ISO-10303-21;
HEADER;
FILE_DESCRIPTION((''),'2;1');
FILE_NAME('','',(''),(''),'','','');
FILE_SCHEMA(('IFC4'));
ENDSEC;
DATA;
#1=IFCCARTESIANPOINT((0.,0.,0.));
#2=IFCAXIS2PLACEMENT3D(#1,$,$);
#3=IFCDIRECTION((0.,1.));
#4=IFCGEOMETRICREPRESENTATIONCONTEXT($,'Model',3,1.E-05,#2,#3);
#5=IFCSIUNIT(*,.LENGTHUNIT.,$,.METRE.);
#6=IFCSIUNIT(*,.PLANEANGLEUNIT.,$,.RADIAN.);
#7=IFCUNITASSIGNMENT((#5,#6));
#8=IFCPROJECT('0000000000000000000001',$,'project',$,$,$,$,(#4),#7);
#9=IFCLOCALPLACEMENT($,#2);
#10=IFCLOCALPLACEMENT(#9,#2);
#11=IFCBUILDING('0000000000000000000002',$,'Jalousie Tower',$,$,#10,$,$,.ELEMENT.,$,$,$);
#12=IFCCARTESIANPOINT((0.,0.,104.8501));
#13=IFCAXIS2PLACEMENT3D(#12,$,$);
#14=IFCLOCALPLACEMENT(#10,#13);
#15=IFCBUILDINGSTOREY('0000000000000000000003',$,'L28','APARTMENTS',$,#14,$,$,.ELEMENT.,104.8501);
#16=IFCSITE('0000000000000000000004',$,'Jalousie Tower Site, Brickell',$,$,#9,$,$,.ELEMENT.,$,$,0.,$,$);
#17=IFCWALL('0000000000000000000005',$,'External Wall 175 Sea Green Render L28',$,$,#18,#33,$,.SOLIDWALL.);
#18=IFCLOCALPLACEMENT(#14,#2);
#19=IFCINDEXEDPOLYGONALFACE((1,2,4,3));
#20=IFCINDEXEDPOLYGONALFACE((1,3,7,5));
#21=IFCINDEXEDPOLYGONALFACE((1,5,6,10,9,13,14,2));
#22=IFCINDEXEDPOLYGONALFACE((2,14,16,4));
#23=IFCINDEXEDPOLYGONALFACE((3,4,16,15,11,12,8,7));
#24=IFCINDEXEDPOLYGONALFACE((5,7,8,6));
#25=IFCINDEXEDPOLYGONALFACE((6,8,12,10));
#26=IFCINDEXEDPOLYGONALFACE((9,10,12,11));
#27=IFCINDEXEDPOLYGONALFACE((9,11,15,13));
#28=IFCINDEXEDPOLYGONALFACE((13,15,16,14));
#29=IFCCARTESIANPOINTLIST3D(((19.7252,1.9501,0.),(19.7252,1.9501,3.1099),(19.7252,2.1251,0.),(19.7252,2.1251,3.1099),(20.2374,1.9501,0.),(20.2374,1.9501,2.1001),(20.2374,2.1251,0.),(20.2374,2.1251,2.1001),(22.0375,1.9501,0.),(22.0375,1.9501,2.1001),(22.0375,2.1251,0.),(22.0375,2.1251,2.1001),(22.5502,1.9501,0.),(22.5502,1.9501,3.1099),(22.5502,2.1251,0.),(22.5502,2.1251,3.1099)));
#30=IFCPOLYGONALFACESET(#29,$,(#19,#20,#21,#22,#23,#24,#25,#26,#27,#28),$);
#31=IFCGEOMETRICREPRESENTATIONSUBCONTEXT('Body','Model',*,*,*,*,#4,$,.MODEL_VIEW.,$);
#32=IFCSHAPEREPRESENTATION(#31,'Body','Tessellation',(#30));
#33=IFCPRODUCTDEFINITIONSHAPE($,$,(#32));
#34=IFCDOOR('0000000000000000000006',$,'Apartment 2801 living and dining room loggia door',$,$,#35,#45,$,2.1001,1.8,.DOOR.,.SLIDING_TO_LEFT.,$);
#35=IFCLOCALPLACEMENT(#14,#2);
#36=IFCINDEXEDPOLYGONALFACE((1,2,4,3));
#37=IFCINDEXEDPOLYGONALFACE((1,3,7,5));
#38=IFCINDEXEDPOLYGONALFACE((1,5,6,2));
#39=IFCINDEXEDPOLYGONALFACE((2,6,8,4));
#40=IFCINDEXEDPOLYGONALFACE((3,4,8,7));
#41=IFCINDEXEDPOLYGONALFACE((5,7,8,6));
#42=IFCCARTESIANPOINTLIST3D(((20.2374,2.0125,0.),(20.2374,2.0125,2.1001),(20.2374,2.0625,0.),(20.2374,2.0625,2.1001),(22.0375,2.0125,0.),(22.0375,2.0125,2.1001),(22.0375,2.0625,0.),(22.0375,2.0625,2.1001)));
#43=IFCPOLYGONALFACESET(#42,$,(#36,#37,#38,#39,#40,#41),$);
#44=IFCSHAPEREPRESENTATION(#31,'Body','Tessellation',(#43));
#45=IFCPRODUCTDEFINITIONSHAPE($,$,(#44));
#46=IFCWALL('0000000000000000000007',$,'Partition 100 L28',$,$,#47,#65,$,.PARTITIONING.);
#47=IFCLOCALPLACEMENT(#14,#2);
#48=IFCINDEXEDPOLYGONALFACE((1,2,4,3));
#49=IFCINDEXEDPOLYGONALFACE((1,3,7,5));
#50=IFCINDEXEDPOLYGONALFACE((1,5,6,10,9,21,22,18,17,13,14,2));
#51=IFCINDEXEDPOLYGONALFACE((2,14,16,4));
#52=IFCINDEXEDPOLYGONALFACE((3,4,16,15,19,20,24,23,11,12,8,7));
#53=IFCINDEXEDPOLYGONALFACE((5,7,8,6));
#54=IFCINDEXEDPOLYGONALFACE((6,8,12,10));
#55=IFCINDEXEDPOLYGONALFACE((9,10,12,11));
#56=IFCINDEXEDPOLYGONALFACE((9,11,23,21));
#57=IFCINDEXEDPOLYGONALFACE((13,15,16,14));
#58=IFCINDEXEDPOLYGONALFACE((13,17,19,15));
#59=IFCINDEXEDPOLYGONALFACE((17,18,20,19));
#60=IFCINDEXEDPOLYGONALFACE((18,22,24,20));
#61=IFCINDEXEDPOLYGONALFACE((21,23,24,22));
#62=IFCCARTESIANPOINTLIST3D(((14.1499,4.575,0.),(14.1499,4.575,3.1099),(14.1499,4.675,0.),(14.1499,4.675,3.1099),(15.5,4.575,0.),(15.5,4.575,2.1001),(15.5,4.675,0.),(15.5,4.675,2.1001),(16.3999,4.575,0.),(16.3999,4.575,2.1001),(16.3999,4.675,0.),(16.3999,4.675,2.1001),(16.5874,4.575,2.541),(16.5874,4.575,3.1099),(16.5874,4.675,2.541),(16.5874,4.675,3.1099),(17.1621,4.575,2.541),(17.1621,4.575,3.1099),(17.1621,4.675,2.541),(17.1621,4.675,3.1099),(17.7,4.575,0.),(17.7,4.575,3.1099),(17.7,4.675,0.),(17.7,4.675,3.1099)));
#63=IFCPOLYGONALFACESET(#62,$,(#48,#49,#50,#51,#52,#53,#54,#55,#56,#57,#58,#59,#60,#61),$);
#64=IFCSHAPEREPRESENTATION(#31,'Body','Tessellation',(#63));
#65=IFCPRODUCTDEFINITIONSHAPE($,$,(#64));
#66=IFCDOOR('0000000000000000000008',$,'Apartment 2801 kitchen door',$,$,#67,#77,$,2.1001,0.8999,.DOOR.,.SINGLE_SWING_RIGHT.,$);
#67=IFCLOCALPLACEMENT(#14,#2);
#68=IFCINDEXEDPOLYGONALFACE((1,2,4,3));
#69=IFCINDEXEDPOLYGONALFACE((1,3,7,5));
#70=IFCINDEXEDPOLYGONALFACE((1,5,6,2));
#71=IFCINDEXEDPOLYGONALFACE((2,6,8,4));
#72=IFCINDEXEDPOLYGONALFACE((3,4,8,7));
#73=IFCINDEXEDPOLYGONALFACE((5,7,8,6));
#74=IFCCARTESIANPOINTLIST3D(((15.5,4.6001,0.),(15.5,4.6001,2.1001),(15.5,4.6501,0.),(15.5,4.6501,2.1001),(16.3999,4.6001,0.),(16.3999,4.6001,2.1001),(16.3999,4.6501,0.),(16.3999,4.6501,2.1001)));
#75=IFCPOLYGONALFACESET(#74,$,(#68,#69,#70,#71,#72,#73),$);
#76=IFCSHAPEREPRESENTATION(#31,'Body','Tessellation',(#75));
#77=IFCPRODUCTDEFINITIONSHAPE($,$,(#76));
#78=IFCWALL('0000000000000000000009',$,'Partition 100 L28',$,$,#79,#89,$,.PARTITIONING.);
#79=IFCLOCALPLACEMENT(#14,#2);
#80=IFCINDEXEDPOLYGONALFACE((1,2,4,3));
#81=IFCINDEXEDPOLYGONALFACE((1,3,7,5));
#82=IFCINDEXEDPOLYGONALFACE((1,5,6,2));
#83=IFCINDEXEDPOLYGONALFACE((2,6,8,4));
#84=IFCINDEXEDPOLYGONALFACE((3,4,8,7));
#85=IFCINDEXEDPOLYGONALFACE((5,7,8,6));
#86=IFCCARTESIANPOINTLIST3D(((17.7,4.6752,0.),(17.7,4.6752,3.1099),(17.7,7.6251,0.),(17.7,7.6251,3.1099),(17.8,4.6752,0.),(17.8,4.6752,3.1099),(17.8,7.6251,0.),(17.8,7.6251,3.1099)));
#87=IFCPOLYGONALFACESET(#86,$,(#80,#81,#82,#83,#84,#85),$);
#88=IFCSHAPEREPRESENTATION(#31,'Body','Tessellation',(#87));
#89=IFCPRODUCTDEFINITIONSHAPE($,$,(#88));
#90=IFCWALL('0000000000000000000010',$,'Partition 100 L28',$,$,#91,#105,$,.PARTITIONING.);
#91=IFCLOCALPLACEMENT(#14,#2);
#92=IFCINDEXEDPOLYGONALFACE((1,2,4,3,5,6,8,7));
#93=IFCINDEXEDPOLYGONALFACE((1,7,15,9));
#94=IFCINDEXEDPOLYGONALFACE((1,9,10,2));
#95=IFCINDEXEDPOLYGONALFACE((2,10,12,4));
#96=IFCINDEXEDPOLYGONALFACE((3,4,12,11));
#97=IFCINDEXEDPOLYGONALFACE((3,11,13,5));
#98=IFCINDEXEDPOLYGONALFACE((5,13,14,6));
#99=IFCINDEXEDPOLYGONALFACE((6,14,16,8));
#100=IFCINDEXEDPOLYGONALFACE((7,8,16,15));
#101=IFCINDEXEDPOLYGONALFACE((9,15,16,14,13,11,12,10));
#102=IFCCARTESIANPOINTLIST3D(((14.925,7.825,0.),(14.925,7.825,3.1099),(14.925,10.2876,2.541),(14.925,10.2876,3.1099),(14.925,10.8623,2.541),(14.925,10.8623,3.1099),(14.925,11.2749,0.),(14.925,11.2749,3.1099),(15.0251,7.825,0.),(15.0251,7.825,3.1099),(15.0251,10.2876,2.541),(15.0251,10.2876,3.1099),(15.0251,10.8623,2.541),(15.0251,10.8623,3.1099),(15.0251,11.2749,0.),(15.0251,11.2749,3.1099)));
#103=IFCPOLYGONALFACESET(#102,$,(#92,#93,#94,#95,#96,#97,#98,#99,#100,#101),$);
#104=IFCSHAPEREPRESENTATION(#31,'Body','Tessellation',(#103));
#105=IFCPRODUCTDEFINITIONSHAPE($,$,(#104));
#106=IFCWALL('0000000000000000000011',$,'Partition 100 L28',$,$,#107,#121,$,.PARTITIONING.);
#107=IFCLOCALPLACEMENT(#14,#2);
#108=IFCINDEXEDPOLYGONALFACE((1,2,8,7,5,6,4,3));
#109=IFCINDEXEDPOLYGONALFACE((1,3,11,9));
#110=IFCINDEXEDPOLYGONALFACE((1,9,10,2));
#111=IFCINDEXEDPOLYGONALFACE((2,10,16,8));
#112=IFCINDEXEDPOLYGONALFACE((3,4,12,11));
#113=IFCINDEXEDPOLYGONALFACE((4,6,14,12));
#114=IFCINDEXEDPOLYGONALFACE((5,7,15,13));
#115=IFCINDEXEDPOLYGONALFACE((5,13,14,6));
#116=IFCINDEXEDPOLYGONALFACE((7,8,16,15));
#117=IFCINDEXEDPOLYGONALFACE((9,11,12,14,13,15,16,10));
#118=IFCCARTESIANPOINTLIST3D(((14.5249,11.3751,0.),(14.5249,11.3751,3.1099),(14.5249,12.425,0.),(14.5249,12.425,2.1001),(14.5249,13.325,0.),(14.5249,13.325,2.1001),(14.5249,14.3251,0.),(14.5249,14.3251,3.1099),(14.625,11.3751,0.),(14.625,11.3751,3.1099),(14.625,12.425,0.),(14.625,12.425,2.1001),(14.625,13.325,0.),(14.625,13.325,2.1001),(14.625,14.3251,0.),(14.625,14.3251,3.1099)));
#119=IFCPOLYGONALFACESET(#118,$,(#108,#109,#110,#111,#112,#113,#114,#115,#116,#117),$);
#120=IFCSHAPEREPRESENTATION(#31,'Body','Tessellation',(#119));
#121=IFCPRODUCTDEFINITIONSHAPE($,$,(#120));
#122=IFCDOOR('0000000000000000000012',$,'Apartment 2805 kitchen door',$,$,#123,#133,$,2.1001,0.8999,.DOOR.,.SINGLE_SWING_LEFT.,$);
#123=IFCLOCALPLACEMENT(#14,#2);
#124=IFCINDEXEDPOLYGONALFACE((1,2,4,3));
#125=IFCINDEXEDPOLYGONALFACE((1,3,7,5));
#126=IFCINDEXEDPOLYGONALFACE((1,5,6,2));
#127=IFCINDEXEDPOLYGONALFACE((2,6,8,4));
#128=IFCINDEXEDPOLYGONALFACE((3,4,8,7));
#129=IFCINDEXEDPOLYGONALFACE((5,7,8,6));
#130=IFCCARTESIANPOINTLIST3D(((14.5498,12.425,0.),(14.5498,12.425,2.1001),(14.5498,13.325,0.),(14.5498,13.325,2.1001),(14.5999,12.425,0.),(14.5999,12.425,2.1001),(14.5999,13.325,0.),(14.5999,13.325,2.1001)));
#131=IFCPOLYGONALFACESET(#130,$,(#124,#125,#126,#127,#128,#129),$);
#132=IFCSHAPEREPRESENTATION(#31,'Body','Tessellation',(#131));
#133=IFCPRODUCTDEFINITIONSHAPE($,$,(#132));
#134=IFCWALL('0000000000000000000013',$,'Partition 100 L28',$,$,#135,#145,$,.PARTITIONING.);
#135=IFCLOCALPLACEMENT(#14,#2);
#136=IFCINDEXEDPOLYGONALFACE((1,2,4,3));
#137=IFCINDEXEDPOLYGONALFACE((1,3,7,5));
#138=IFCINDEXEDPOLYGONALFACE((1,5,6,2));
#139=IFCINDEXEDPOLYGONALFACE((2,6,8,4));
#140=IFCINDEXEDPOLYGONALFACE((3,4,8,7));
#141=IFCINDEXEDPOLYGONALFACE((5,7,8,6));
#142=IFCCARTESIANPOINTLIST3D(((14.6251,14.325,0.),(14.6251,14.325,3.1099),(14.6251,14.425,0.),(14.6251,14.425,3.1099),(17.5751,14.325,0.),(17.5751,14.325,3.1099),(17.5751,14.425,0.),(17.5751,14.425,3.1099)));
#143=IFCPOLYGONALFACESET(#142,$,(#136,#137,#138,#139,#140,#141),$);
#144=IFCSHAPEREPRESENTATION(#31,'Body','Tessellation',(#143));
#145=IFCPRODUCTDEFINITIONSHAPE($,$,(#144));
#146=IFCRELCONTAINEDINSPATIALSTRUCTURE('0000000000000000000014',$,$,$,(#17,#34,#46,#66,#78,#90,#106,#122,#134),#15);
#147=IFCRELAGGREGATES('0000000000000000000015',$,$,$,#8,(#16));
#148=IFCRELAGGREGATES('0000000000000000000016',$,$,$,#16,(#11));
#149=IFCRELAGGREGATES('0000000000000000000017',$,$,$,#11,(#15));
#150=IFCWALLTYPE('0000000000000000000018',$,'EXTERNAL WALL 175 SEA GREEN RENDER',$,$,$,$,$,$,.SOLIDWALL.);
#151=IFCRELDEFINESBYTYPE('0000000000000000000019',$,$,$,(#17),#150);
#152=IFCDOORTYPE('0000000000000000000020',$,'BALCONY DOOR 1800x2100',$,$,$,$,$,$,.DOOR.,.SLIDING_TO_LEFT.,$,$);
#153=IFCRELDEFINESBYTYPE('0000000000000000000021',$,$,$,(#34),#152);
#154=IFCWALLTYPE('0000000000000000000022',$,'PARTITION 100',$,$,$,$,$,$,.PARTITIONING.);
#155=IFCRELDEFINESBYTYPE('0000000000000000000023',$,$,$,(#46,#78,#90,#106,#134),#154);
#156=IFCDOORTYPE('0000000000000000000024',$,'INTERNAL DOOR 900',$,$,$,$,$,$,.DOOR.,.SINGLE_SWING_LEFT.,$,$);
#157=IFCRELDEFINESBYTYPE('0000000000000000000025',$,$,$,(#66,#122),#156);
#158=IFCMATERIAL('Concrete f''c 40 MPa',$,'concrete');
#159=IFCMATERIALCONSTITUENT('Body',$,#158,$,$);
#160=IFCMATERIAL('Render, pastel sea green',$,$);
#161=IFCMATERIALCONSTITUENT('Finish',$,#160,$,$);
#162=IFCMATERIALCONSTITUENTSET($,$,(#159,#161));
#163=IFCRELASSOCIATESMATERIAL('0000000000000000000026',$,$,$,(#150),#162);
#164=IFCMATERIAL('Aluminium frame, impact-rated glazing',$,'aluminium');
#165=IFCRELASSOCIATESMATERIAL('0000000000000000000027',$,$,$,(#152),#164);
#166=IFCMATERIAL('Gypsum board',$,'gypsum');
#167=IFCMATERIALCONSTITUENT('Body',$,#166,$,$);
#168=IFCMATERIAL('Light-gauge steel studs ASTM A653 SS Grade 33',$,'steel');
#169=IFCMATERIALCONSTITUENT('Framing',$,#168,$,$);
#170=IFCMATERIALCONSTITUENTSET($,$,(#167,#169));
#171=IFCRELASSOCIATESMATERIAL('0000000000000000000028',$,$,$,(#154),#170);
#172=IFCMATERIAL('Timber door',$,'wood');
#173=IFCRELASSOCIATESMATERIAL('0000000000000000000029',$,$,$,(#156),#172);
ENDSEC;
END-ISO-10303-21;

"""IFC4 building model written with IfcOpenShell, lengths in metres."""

from ifc_helpers import new_model, si_unit, direction, frame, frame_2d, origin, place, context, subcontext, project, spatial, polyline, rectangle, outline, extrude, material, constituent, constituent_set, type_object, element, fill, save


model = new_model("IFC4")

# Units and contexts
model_context = context("Model", 3, precision=1e-05, world=origin(), true_north=direction((0.0, 1.0)))
body_context = subcontext(model_context, "Body", "Model", "MODEL_VIEW")
ifc_project = project(units=[si_unit("LENGTHUNIT", "METRE"), si_unit("PLANEANGLEUNIT", "RADIAN")], contexts=[model_context])

# Site, building, storey
site_placement = place(None, origin())
site = spatial("IfcSite", under=ifc_project, at=site_placement, Name="Jalousie Tower Site, Brickell", CompositionType="ELEMENT", RefElevation=0.0)
building_placement = place(site_placement, origin())
building = spatial("IfcBuilding", under=site, at=building_placement, Name="Jalousie Tower", CompositionType="ELEMENT")
storey_placement = place(building_placement, frame((0.0, 0.0, 104.8501)))
storey = spatial("IfcBuildingStorey", under=building, at=storey_placement, Name="L28", Description="APARTMENTS", CompositionType="ELEMENT", Elevation=104.8501)

# Walls, openings, doors
ifc_material_1 = material(Name="Concrete f'c 40 MPa", Category="concrete")
ifc_constituent_1 = constituent(ifc_material_1, Name="Body")
ifc_material_2 = material(Name="Render, pastel sea green")
ifc_constituent_2 = constituent(ifc_material_2, Name="Finish")
ifc_constituent_set_1 = constituent_set(constituents=[ifc_constituent_1, ifc_constituent_2])
wall_type_1 = type_object("IfcWallType", Name="EXTERNAL WALL 175 SEA GREEN RENDER", PredefinedType="SOLIDWALL", material=ifc_constituent_set_1)
wall_1_placement = place(storey_placement, frame((19.7251, 2.0376, 0.0), z_axis=(0.0, 0.0, 1.0), x_axis=(1.0, 0.0, 0.0)))
wall_1 = element("IfcWall", 1, at=wall_1_placement, inside=storey, type_object=wall_type_1, Name="External Wall 175 Sea Green Render L28", PredefinedType="SOLIDWALL", context=body_context, shape_type="SweptSolid", body=[
    extrude(rectangle(XDim=2.825, YDim=0.175, at=frame_2d((1.4126, 0.0))), origin(), (0.0, 0.0, 1.0), 3.1099),
])
opening_1_placement = place(wall_1_placement, frame((0.5125, 0.0, 0.0)))
opening_1 = element("IfcOpeningElement", 2, at=opening_1_placement, cuts=wall_1, PredefinedType="OPENING", context=body_context, shape_type="SweptSolid", body=[
    extrude(rectangle(XDim=1.8, YDim=2.1001, at=frame_2d((0.8999, 1.05))), frame((0.0, 0.0974, 0.0), z_axis=(0.0, -1.0, 0.0), x_axis=(1.0, 0.0, 0.0)), (0.0, 0.0, 1.0), 0.1951),
])
ifc_material_3 = material(Name="Aluminium frame, impact-rated glazing", Category="aluminium")
door_type_1 = type_object("IfcDoorType", Name="BALCONY DOOR 1800x2100", OperationType="SLIDING_TO_LEFT", PredefinedType="DOOR", material=ifc_material_3)
door_1_placement = place(opening_1_placement, origin())
door_1 = element("IfcDoor", 3, at=door_1_placement, inside=storey, type_object=door_type_1, Name="Apartment 2801 living and dining room loggia door", OperationType="SLIDING_TO_LEFT", OverallHeight=2.1001, OverallWidth=1.8, PredefinedType="DOOR", context=body_context, shape_type="SweptSolid", body=[
    extrude(rectangle(XDim=1.8, YDim=2.1001, at=frame_2d((0.8999, 1.05))), frame((0.0, 0.0249, 0.0), z_axis=(0.0, -1.0, 0.0), x_axis=(1.0, 0.0, 0.0)), (0.0, 0.0, 1.0), 0.05),
])
fill(opening_1, door_1)
ifc_material_4 = material(Name="Gypsum board", Category="gypsum")
ifc_constituent_3 = constituent(ifc_material_4, Name="Body")
ifc_material_5 = material(Name="Light-gauge steel studs ASTM A653 SS Grade 33", Category="steel")
ifc_constituent_4 = constituent(ifc_material_5, Name="Framing")
ifc_constituent_set_2 = constituent_set(constituents=[ifc_constituent_3, ifc_constituent_4])
wall_type_2 = type_object("IfcWallType", Name="PARTITION 100", PredefinedType="PARTITIONING", material=ifc_constituent_set_2)
wall_2_placement = place(storey_placement, frame((14.1499, 4.625, 0.0), z_axis=(0.0, 0.0, 1.0), x_axis=(1.0, 0.0, 0.0)))
wall_2 = element("IfcWall", 4, at=wall_2_placement, inside=storey, type_object=wall_type_2, Name="Partition 100 L28", PredefinedType="PARTITIONING", context=body_context, shape_type="SweptSolid", body=[
    extrude(outline(polyline([(0.0, 0.0), (3.55, 0.0), (3.55, 3.1099), (3.0122, 3.1099), (3.0122, 2.541), (2.4375, 2.541), (2.4375, 3.1099), (0.0, 3.1099), (0.0, 0.0)])), frame((0.0, 0.05, 0.0), z_axis=(0.0, -1.0, 0.0), x_axis=(1.0, 0.0, 0.0)), (0.0, 0.0, 1.0), 0.1001),
])
opening_2_placement = place(wall_2_placement, frame((1.3501, 0.0, 0.0)))
opening_2 = element("IfcOpeningElement", 5, at=opening_2_placement, cuts=wall_2, PredefinedType="OPENING", context=body_context, shape_type="SweptSolid", body=[
    extrude(rectangle(XDim=0.8999, YDim=2.1001, at=frame_2d((0.45, 1.05))), frame((0.0, 0.0601, 0.0), z_axis=(0.0, -1.0, 0.0), x_axis=(1.0, 0.0, 0.0)), (0.0, 0.0, 1.0), 0.1201),
])
ifc_material_6 = material(Name="Timber door", Category="wood")
door_type_2 = type_object("IfcDoorType", Name="INTERNAL DOOR 900", OperationType="SINGLE_SWING_LEFT", PredefinedType="DOOR", material=ifc_material_6)
door_2_placement = place(opening_2_placement, frame((0.8999, 0.0, 0.0), z_axis=(0.0, 0.0, 1.0), x_axis=(-1.0, 0.0, 0.0)))
door_2 = element("IfcDoor", 6, at=door_2_placement, inside=storey, type_object=door_type_2, Name="Apartment 2801 kitchen door", OperationType="SINGLE_SWING_RIGHT", OverallHeight=2.1001, OverallWidth=0.8999, PredefinedType="DOOR", context=body_context, shape_type="SweptSolid", body=[
    extrude(rectangle(XDim=0.8999, YDim=2.1001, at=frame_2d((0.45, 1.05))), frame((0.0, 0.0249, 0.0), z_axis=(0.0, -1.0, 0.0), x_axis=(1.0, 0.0, 0.0)), (0.0, 0.0, 1.0), 0.05),
])
fill(opening_2, door_2)

# Walls
wall_3_placement = place(storey_placement, frame((17.75, 4.675, 0.0), z_axis=(0.0, 0.0, 1.0), x_axis=(0.0, 1.0, 0.0)))
element("IfcWall", 7, at=wall_3_placement, inside=storey, type_object=wall_type_2, Name="Partition 100 L28", PredefinedType="PARTITIONING", context=body_context, shape_type="SweptSolid", body=[
    extrude(rectangle(XDim=2.95, YDim=0.1001, at=frame_2d((1.4751, 0.0))), origin(), (0.0, 0.0, 1.0), 3.1099),
])
wall_4_placement = place(storey_placement, frame((14.9751, 7.825, 0.0), z_axis=(0.0, 0.0, 1.0), x_axis=(0.0, 1.0, 0.0)))
element("IfcWall", 8, at=wall_4_placement, inside=storey, type_object=wall_type_2, Name="Partition 100 L28", PredefinedType="PARTITIONING", context=body_context, shape_type="SweptSolid", body=[
    extrude(outline(polyline([(0.0, 0.0), (3.45, 0.0), (3.45, 3.1099), (3.0374, 3.1099), (3.0374, 2.541), (2.4626, 2.541), (2.4626, 3.1099), (0.0, 3.1099), (0.0, 0.0)])), frame((0.0, 0.05, 0.0), z_axis=(0.0, -1.0, 0.0), x_axis=(1.0, 0.0, 0.0)), (0.0, 0.0, 1.0), 0.1001),
])

# Wall, opening, door
wall_5_placement = place(storey_placement, frame((14.575, 11.375, 0.0), z_axis=(0.0, 0.0, 1.0), x_axis=(0.0, 1.0, 0.0)))
wall_5 = element("IfcWall", 9, at=wall_5_placement, inside=storey, type_object=wall_type_2, Name="Partition 100 L28", PredefinedType="PARTITIONING", context=body_context, shape_type="SweptSolid", body=[
    extrude(rectangle(XDim=2.95, YDim=0.1001, at=frame_2d((1.4751, 0.0))), origin(), (0.0, 0.0, 1.0), 3.1099),
])
opening_3_placement = place(wall_5_placement, frame((1.05, 0.0, 0.0)))
opening_3 = element("IfcOpeningElement", 10, at=opening_3_placement, cuts=wall_5, PredefinedType="OPENING", context=body_context, shape_type="SweptSolid", body=[
    extrude(rectangle(XDim=0.8999, YDim=2.1001, at=frame_2d((0.45, 1.05))), frame((0.0, 0.0601, 0.0), z_axis=(0.0, -1.0, 0.0), x_axis=(1.0, 0.0, 0.0)), (0.0, 0.0, 1.0), 0.1201),
])
door_3_placement = place(opening_3_placement, frame((0.8999, 0.0, 0.0), z_axis=(0.0, 0.0, 1.0), x_axis=(-1.0, 0.0, 0.0)))
door_3 = element("IfcDoor", 11, at=door_3_placement, inside=storey, type_object=door_type_2, Name="Apartment 2805 kitchen door", OperationType="SINGLE_SWING_LEFT", OverallHeight=2.1001, OverallWidth=0.8999, PredefinedType="DOOR", context=body_context, shape_type="SweptSolid", body=[
    extrude(rectangle(XDim=0.8999, YDim=2.1001, at=frame_2d((0.45, 1.05))), frame((0.0, 0.0249, 0.0), z_axis=(0.0, -1.0, 0.0), x_axis=(1.0, 0.0, 0.0)), (0.0, 0.0, 1.0), 0.05),
])
fill(opening_3, door_3)

# Wall
wall_6_placement = place(storey_placement, frame((14.625, 14.375, 0.0), z_axis=(0.0, 0.0, 1.0), x_axis=(1.0, 0.0, 0.0)))
element("IfcWall", 12, at=wall_6_placement, inside=storey, type_object=wall_type_2, Name="Partition 100 L28", PredefinedType="PARTITIONING", context=body_context, shape_type="SweptSolid", body=[
    extrude(rectangle(XDim=2.95, YDim=0.1001, at=frame_2d((1.4751, 0.0))), origin(), (0.0, 0.0, 1.0), 3.1099),
])

save(model, "model.ifc")
